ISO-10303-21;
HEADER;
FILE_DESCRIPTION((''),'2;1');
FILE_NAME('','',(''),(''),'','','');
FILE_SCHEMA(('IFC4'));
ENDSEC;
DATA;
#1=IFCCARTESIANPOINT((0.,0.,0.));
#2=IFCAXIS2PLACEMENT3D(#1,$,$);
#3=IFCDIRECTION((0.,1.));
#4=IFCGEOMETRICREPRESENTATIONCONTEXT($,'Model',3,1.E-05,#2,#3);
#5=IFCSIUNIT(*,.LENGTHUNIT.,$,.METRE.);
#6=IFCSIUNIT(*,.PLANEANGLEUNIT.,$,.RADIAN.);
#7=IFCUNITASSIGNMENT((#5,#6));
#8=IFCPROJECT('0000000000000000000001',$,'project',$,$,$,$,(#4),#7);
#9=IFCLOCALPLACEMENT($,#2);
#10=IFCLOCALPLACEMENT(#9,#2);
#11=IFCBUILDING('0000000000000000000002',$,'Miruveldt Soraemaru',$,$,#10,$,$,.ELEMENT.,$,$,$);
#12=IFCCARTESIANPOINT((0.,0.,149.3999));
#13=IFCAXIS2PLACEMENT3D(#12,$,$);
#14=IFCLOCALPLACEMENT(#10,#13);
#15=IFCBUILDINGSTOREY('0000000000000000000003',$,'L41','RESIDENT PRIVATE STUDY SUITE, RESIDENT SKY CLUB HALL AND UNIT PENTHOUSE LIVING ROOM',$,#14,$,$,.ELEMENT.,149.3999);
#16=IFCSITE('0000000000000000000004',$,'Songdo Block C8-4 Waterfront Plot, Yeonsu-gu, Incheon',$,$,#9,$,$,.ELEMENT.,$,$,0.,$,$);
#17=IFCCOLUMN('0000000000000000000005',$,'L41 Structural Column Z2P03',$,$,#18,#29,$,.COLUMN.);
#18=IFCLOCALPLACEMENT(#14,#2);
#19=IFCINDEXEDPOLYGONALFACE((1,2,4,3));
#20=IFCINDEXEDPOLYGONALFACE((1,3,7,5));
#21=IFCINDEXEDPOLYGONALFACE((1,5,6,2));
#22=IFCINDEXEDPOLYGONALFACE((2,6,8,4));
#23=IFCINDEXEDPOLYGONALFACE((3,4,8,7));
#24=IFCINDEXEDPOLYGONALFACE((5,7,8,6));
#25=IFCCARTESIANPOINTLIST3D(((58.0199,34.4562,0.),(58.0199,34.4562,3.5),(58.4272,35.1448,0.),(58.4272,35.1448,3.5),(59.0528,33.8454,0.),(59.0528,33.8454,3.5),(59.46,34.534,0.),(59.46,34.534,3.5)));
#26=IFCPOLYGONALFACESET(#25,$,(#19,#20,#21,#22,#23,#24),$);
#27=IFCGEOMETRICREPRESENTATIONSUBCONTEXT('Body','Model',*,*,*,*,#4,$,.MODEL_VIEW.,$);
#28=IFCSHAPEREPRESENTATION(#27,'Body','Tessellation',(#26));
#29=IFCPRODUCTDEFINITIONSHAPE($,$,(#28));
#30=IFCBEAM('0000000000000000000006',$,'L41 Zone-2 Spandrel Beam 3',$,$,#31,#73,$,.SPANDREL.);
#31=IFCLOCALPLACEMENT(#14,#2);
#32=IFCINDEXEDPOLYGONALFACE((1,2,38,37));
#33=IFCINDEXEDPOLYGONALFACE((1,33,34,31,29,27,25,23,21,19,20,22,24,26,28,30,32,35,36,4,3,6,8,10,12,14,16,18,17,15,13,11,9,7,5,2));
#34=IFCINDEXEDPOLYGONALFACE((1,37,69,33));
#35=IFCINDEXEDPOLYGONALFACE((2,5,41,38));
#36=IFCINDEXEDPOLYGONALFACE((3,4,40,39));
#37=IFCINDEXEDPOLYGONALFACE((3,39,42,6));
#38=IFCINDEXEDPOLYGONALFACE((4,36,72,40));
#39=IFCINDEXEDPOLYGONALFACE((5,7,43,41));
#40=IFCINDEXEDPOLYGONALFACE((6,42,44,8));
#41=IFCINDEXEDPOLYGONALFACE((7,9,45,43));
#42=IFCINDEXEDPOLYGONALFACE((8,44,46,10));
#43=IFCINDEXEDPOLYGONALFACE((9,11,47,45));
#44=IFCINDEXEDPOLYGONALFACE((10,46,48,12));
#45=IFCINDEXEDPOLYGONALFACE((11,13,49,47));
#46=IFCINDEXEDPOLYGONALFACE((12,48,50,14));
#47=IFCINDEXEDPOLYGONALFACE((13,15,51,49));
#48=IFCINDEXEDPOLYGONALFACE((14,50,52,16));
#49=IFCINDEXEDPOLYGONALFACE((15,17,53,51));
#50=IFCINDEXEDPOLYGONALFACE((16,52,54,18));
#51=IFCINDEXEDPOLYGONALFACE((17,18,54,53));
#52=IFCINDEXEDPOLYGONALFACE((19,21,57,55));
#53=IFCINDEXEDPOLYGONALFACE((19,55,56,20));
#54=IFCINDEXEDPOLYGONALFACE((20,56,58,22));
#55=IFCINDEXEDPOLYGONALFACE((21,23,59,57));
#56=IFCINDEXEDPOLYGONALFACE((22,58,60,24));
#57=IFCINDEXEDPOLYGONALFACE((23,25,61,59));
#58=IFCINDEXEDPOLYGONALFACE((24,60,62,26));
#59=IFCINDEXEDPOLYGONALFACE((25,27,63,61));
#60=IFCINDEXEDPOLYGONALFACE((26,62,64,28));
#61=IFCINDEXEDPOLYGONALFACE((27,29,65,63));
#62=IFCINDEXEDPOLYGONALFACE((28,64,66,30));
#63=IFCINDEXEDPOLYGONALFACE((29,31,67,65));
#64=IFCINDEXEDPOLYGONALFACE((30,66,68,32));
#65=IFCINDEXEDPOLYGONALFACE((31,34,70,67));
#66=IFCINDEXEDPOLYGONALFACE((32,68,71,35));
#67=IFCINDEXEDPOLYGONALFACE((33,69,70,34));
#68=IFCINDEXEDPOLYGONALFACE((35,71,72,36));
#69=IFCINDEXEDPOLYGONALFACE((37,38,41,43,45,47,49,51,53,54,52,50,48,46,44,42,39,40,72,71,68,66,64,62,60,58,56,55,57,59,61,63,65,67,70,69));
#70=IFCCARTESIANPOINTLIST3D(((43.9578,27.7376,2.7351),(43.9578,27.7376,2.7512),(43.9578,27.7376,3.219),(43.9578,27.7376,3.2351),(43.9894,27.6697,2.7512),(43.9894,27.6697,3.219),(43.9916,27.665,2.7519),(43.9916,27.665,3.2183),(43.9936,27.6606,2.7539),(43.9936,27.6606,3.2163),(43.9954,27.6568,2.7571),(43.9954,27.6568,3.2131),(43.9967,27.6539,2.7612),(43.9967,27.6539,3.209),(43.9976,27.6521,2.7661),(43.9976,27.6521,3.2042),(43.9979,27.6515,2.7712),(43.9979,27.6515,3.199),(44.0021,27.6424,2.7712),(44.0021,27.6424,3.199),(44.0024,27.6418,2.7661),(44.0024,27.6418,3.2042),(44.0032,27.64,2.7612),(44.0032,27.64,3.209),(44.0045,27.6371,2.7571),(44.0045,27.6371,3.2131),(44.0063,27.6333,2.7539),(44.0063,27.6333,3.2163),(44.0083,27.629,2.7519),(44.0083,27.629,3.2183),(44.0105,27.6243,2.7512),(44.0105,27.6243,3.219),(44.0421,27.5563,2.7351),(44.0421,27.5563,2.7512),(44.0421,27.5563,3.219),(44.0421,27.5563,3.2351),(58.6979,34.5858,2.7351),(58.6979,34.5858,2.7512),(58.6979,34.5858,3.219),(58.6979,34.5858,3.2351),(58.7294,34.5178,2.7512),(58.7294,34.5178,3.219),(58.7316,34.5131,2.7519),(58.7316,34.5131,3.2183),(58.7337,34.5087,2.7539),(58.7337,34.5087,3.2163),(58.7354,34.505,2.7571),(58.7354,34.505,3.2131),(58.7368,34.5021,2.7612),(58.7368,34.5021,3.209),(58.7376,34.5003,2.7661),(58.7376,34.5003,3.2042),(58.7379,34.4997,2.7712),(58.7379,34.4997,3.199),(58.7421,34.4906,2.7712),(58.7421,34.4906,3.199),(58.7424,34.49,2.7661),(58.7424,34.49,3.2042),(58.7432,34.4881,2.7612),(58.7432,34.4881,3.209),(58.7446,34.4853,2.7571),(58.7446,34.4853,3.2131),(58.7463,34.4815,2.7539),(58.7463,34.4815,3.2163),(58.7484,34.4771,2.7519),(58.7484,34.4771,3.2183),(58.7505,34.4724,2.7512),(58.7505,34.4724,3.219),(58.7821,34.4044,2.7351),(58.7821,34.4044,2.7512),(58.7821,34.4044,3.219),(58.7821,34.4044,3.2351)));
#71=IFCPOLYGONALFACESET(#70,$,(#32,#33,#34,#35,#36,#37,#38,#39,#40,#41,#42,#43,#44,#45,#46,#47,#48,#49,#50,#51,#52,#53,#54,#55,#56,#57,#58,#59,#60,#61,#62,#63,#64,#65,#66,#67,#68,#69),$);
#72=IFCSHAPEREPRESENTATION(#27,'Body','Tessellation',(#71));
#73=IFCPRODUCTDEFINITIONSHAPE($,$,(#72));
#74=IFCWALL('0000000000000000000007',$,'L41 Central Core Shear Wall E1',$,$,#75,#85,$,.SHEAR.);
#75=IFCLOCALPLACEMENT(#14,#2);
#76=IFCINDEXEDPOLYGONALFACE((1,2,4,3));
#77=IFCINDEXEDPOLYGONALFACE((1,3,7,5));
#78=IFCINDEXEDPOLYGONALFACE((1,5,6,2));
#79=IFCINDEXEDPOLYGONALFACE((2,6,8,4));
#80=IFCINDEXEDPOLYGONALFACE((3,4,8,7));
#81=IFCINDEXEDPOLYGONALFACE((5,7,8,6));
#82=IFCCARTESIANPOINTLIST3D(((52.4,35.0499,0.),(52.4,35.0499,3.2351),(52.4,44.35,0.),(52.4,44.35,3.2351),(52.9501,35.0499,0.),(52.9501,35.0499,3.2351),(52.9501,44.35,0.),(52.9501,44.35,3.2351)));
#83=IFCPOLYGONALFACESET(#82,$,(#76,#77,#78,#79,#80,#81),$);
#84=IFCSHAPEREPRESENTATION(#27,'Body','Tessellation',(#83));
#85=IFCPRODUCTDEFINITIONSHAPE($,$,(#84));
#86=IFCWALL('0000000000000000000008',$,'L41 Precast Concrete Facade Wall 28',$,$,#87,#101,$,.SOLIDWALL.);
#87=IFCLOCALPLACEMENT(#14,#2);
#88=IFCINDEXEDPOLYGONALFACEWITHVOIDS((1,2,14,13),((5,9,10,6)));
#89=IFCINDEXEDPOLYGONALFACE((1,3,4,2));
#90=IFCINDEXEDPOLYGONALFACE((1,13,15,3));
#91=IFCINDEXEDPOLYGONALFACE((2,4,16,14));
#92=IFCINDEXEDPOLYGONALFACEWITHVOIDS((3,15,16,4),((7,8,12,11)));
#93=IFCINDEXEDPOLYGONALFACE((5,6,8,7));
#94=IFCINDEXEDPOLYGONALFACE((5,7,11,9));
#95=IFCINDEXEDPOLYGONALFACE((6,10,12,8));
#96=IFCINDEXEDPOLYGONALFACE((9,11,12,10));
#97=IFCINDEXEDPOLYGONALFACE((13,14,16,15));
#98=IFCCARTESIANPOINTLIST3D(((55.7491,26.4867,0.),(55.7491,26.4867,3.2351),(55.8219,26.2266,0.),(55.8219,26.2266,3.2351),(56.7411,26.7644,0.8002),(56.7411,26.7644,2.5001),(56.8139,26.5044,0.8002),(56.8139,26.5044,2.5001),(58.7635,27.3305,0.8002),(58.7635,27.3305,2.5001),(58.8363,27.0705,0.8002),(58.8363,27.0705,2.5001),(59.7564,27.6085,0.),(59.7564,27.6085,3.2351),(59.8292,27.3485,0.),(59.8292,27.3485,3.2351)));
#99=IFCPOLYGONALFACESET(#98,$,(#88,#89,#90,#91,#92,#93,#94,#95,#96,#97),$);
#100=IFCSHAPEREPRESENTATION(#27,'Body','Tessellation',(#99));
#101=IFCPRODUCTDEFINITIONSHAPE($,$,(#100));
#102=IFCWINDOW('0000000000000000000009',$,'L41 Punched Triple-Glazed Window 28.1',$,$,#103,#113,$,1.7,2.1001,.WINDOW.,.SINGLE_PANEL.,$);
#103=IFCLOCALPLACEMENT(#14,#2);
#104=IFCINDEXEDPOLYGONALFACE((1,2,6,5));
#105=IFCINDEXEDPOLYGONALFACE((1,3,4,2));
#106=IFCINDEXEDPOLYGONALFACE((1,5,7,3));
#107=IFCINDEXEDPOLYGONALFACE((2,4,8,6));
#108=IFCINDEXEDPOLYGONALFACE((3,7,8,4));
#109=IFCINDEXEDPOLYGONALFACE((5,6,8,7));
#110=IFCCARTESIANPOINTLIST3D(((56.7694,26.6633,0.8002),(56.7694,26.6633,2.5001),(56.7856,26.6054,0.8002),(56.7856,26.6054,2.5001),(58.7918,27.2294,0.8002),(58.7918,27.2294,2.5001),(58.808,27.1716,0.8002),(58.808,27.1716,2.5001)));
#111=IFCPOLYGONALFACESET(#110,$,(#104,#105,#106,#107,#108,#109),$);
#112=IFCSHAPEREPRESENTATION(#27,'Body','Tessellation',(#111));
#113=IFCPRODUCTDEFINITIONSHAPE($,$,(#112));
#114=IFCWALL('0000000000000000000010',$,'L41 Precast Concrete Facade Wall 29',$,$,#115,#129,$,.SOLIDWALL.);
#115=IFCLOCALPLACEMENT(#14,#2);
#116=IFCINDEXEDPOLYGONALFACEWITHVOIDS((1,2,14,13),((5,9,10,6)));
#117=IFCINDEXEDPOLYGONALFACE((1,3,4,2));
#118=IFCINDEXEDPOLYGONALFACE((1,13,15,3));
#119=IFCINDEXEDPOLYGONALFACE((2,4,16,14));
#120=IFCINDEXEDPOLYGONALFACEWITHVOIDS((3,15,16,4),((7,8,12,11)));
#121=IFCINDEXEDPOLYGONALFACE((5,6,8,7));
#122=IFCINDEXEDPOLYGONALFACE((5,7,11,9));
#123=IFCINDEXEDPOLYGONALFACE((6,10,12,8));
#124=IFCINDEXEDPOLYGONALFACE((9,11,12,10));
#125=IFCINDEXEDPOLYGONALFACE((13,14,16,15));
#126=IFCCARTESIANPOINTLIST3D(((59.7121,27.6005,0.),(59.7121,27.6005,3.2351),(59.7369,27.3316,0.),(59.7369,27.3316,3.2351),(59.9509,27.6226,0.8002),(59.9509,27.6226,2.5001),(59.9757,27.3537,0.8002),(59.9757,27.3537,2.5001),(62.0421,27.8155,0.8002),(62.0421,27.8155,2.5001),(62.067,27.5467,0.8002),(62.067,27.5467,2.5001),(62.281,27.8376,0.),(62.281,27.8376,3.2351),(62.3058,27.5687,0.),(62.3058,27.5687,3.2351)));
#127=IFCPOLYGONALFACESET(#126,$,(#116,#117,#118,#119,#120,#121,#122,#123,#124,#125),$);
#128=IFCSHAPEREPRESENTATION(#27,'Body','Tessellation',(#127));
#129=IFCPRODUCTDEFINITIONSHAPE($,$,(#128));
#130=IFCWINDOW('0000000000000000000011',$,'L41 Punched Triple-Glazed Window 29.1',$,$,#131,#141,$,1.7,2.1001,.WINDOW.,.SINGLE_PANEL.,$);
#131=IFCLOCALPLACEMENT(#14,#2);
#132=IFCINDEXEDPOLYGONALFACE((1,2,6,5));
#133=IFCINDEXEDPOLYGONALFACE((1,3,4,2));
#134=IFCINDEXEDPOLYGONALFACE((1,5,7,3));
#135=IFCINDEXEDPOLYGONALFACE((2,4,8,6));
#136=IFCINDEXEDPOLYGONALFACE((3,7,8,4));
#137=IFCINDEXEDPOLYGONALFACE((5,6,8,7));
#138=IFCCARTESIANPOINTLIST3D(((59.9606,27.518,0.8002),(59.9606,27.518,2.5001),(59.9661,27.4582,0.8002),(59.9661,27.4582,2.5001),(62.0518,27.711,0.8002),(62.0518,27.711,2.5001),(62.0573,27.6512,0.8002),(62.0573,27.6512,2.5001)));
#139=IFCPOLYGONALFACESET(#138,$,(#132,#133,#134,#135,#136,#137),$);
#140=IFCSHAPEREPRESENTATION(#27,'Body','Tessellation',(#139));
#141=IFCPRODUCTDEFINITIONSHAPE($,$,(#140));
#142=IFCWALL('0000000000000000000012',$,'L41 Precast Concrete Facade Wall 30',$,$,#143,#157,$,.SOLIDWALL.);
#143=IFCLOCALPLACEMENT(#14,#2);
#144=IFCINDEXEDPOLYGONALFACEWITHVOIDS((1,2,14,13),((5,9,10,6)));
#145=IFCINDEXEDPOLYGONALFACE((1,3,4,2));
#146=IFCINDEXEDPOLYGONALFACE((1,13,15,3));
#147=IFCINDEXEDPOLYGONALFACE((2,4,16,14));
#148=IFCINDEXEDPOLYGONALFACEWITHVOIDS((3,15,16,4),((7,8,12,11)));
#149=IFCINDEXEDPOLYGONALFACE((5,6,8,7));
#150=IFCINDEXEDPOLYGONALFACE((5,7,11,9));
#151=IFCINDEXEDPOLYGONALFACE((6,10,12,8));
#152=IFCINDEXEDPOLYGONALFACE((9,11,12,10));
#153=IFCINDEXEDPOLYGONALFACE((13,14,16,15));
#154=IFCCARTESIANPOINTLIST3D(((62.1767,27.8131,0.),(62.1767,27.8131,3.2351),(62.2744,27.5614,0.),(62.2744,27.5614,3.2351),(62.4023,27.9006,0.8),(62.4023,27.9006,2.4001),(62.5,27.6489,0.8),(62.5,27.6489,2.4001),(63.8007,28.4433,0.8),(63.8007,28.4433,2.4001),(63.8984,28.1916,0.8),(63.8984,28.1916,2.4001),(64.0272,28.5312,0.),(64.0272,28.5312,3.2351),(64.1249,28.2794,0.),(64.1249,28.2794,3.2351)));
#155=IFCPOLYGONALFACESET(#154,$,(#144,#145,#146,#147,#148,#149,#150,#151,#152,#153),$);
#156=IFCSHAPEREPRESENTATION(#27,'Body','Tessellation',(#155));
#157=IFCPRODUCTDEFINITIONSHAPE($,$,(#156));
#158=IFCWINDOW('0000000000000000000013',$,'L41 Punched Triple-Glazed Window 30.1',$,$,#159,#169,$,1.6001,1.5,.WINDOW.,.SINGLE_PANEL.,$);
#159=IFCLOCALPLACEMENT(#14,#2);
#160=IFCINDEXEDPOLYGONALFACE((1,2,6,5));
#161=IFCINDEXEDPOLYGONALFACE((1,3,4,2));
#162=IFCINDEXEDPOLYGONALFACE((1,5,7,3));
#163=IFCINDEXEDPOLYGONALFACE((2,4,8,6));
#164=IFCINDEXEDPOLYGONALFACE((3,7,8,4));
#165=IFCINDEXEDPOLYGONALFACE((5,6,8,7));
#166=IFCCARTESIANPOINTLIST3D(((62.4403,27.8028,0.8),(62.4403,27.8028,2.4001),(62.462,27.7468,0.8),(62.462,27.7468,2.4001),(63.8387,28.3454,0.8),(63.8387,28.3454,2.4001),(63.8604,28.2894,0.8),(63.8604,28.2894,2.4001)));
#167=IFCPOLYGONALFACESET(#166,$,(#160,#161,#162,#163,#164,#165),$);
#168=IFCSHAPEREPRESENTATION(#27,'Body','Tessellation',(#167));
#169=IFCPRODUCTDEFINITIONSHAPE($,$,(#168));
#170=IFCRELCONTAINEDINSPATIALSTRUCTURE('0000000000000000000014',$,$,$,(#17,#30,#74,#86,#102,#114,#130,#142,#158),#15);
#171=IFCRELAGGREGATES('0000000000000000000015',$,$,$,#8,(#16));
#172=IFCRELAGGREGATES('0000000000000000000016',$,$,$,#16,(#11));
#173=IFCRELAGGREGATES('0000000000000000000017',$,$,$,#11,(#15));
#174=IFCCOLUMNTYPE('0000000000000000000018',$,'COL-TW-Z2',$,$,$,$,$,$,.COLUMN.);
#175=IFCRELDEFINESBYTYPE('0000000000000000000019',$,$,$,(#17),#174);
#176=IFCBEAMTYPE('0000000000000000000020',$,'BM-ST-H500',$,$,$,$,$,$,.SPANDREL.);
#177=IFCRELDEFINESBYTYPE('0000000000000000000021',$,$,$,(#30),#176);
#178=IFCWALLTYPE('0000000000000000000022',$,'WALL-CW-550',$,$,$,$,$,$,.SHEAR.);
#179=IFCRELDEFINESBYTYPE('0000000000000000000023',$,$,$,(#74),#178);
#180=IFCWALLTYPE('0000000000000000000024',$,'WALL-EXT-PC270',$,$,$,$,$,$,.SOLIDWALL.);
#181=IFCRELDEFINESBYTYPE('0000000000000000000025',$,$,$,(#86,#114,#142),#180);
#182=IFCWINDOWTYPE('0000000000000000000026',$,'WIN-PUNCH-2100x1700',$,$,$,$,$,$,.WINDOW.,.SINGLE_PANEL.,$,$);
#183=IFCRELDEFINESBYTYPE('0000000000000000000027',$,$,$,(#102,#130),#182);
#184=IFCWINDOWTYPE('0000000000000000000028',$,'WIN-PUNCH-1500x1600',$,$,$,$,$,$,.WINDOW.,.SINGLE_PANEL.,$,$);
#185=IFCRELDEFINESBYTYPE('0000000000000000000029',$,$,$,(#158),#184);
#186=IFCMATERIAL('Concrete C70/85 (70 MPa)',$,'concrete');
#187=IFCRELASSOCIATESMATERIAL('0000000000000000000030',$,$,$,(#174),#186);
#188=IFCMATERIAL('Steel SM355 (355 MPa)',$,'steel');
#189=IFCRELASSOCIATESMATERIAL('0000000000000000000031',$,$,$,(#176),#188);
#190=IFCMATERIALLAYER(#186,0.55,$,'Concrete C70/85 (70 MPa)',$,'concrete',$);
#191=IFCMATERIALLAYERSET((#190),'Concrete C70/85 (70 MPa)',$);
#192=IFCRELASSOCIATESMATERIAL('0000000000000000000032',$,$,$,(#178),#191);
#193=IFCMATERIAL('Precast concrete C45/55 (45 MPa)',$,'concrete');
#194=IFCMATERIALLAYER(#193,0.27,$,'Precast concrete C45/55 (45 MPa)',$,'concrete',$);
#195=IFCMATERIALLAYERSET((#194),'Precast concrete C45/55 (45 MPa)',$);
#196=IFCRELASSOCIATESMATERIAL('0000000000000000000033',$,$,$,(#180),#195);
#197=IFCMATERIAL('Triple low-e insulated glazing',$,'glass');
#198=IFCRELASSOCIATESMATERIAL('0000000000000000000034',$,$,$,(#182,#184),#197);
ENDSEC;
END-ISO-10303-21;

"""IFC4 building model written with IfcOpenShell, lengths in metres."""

from ifc_helpers import new_model, si_unit, direction, frame, frame_2d, origin, origin_2d, place, context, subcontext, project, spatial, rectangle, i_section, extrude, material, layer, layer_set, material_profile, profile_set, type_object, element, fill, save


model = new_model("IFC4")

# Units and contexts
model_context = context("Model", 3, precision=1e-05, world=origin(), true_north=direction((0.0, 1.0)))
body_context = subcontext(model_context, "Body", "Model", "MODEL_VIEW")
ifc_project = project(units=[si_unit("LENGTHUNIT", "METRE"), si_unit("PLANEANGLEUNIT", "RADIAN")], contexts=[model_context])

# Site, building, storey
site_placement = place(None, origin())
site = spatial("IfcSite", under=ifc_project, at=site_placement, Name="Songdo Block C8-4 Waterfront Plot, Yeonsu-gu, Incheon", CompositionType="ELEMENT", RefElevation=0.0)
building_placement = place(site_placement, origin())
building = spatial("IfcBuilding", under=site, at=building_placement, Name="Miruveldt Soraemaru", CompositionType="ELEMENT")
storey_placement = place(building_placement, frame((0.0, 0.0, 149.3999)))
storey = spatial("IfcBuildingStorey", under=building, at=storey_placement, Name="L41", Description="RESIDENT PRIVATE STUDY SUITE, RESIDENT SKY CLUB HALL AND UNIT PENTHOUSE LIVING ROOM", CompositionType="ELEMENT", Elevation=149.3999)

# Column
ifc_material_1 = material(Name="Concrete C70/85 (70 MPa)", Category="concrete")
ifc_material_profile_1 = material_profile(ifc_material_1, rectangle(XDim=1.2, YDim=0.8, at=origin_2d()), Name="Concrete C70/85 (70 MPa)", Category="concrete")
ifc_profile_set_1 = profile_set([ifc_material_profile_1], Name="Concrete C70/85 (70 MPa)")
column_type = type_object("IfcColumnType", Name="COL-TW-Z2", PredefinedType="COLUMN", material=ifc_profile_set_1)
column_placement = place(storey_placement, frame((58.74, 34.4951, 0.0), z_axis=(0.0, 0.0, 1.0), x_axis=(-0.860742, 0.509041, 0.0)))
element("IfcColumn", 1, at=column_placement, inside=storey, type_object=column_type, Name="L41 Structural Column Z2P03", PredefinedType="COLUMN", context=body_context, shape_type="SweptSolid", body=[
    extrude(rectangle(XDim=1.2, YDim=0.8, at=origin_2d()), origin(), (0.0, 0.0, 1.0), 3.5),
])

# Beam
ifc_material_2 = material(Name="Steel SM355 (355 MPa)", Category="steel")
ifc_material_profile_2 = material_profile(ifc_material_2, i_section(OverallWidth=0.2, OverallDepth=0.5, WebThickness=0.01, FlangeThickness=0.0161, FilletRadius=0.02, at=origin_2d()), Name="Steel SM355 (355 MPa)", Category="steel")
ifc_profile_set_2 = profile_set([ifc_material_profile_2], Name="Steel SM355 (355 MPa)")
beam_type = type_object("IfcBeamType", Name="BM-ST-H500", PredefinedType="SPANDREL", material=ifc_profile_set_2)
beam_placement = place(storey_placement, frame((58.74, 34.4951, 2.9851), z_axis=(-0.906901, -0.421343, 0.0), x_axis=(0.421343, -0.906901, 0.0)))
element("IfcBeam", 2, at=beam_placement, inside=storey, type_object=beam_type, Name="L41 Zone-2 Spandrel Beam 3", PredefinedType="SPANDREL", context=body_context, shape_type="SweptSolid", body=[
    extrude(i_section(OverallWidth=0.2, OverallDepth=0.5, WebThickness=0.01, FlangeThickness=0.0161, FilletRadius=0.02, at=origin_2d()), origin(), (0.0, 0.0, 1.0), 16.2532),
])

# Wall
ifc_layer_1 = layer(ifc_material_1, 0.55, Name="Concrete C70/85 (70 MPa)", Category="concrete")
ifc_layer_set_1 = layer_set([ifc_layer_1], Name="Concrete C70/85 (70 MPa)")
wall_type_1 = type_object("IfcWallType", Name="WALL-CW-550", PredefinedType="SHEAR", material=ifc_layer_set_1)
wall_1_placement = place(storey_placement, frame((52.675, 35.05, 0.0), z_axis=(0.0, 0.0, 1.0), x_axis=(0.0, 1.0, 0.0)))
element("IfcWall", 3, at=wall_1_placement, inside=storey, type_object=wall_type_1, Name="L41 Central Core Shear Wall E1", PredefinedType="SHEAR", context=body_context, shape_type="SweptSolid", body=[
    extrude(rectangle(XDim=9.3, YDim=0.55, at=frame_2d((4.6499, 0.0))), origin(), (0.0, 0.0, 1.0), 3.2351),
])

# Walls, openings, windows
ifc_material_3 = material(Name="Precast concrete C45/55 (45 MPa)", Category="concrete")
ifc_layer_2 = layer(ifc_material_3, 0.27, Name="Precast concrete C45/55 (45 MPa)", Category="concrete")
ifc_layer_set_2 = layer_set([ifc_layer_2], Name="Precast concrete C45/55 (45 MPa)")
wall_type_2 = type_object("IfcWallType", Name="WALL-EXT-PC270", PredefinedType="SOLIDWALL", material=ifc_layer_set_2)
wall_2_placement = place(storey_placement, frame((55.7856, 26.3567, 0.0), z_axis=(0.0, 0.0, 1.0), x_axis=(0.962978, 0.26958, 0.0)))
wall_2 = element("IfcWall", 4, at=wall_2_placement, inside=storey, type_object=wall_type_2, Name="L41 Precast Concrete Facade Wall 28", PredefinedType="SOLIDWALL", context=body_context, shape_type="SweptSolid", body=[
    extrude(rectangle(XDim=4.1614, YDim=0.27, at=frame_2d((2.0806, 0.0))), origin(), (0.0, 0.0, 1.0), 3.2351),
])
opening_1_placement = place(wall_2_placement, frame((1.03, 0.0, 0.8)))
opening_1 = element("IfcOpeningElement", 5, at=opening_1_placement, cuts=wall_2, PredefinedType="OPENING", context=body_context, shape_type="SweptSolid", body=[
    extrude(rectangle(XDim=2.1001, YDim=1.7, at=frame_2d((1.05, 0.8501))), frame((0.0, 0.145, 0.0), z_axis=(0.0, -1.0, 0.0), x_axis=(1.0, 0.0, 0.0)), (0.0, 0.0, 1.0), 0.29),
])
ifc_material_4 = material(Name="Triple low-e insulated glazing", Category="glass")
window_type_1 = type_object("IfcWindowType", Name="WIN-PUNCH-2100x1700", PartitioningType="SINGLE_PANEL", PredefinedType="WINDOW", material=ifc_material_4)
window_1_placement = place(opening_1_placement, origin())
window_1 = element("IfcWindow", 6, at=window_1_placement, inside=storey, type_object=window_type_1, Name="L41 Punched Triple-Glazed Window 28.1", OverallHeight=1.7, OverallWidth=2.1001, PartitioningType="SINGLE_PANEL", PredefinedType="WINDOW", context=body_context, shape_type="SweptSolid", body=[
    extrude(rectangle(XDim=2.1001, YDim=1.7, at=frame_2d((1.05, 0.8501))), frame((0.0, 0.03, 0.0), z_axis=(0.0, -1.0, 0.0), x_axis=(1.0, 0.0, 0.0)), (0.0, 0.0, 1.0), 0.0601),
])
fill(opening_1, window_1)
wall_3_placement = place(storey_placement, frame((59.7244, 27.4661, 0.0), z_axis=(0.0, 0.0, 1.0), x_axis=(0.995769, 0.091892, 0.0)))
wall_3 = element("IfcWall", 7, at=wall_3_placement, inside=storey, type_object=wall_type_2, Name="L41 Precast Concrete Facade Wall 29", PredefinedType="SOLIDWALL", context=body_context, shape_type="SweptSolid", body=[
    extrude(rectangle(XDim=2.5798, YDim=0.27, at=frame_2d((1.29, 0.0))), origin(), (0.0, 0.0, 1.0), 3.2351),
])
opening_2_placement = place(wall_3_placement, frame((0.24, 0.0, 0.8)))
opening_2 = element("IfcOpeningElement", 8, at=opening_2_placement, cuts=wall_3, PredefinedType="OPENING", context=body_context, shape_type="SweptSolid", body=[
    extrude(rectangle(XDim=2.1001, YDim=1.7, at=frame_2d((1.05, 0.8501))), frame((0.0, 0.145, 0.0), z_axis=(0.0, -1.0, 0.0), x_axis=(1.0, 0.0, 0.0)), (0.0, 0.0, 1.0), 0.29),
])
window_2_placement = place(opening_2_placement, origin())
window_2 = element("IfcWindow", 9, at=window_2_placement, inside=storey, type_object=window_type_1, Name="L41 Punched Triple-Glazed Window 29.1", OverallHeight=1.7, OverallWidth=2.1001, PartitioningType="SINGLE_PANEL", PredefinedType="WINDOW", context=body_context, shape_type="SweptSolid", body=[
    extrude(rectangle(XDim=2.1001, YDim=1.7, at=frame_2d((1.05, 0.8501))), frame((0.0, 0.03, 0.0), z_axis=(0.0, -1.0, 0.0), x_axis=(1.0, 0.0, 0.0)), (0.0, 0.0, 1.0), 0.0601),
])
fill(opening_2, window_2)
wall_4_placement = place(storey_placement, frame((62.2256, 27.6873, 0.0), z_axis=(0.0, 0.0, 1.0), x_axis=(0.93227, 0.361764, 0.0)))
wall_4 = element("IfcWall", 10, at=wall_4_placement, inside=storey, type_object=wall_type_2, Name="L41 Precast Concrete Facade Wall 30", PredefinedType="SOLIDWALL", context=body_context, shape_type="SweptSolid", body=[
    extrude(rectangle(XDim=1.9849, YDim=0.27, at=frame_2d((0.9924, 0.0))), origin(), (0.0, 0.0, 1.0), 3.2351),
])
opening_3_placement = place(wall_4_placement, frame((0.2419, 0.0, 0.8)))
opening_3 = element("IfcOpeningElement", 11, at=opening_3_placement, cuts=wall_4, PredefinedType="OPENING", context=body_context, shape_type="SweptSolid", body=[
    extrude(rectangle(XDim=1.5, YDim=1.6001, at=frame_2d((0.75, 0.8))), frame((0.0, 0.145, 0.0), z_axis=(0.0, -1.0, 0.0), x_axis=(1.0, 0.0, 0.0)), (0.0, 0.0, 1.0), 0.29),
])
window_type_2 = type_object("IfcWindowType", Name="WIN-PUNCH-1500x1600", PartitioningType="SINGLE_PANEL", PredefinedType="WINDOW", material=ifc_material_4)
window_3_placement = place(opening_3_placement, origin())
window_3 = element("IfcWindow", 12, at=window_3_placement, inside=storey, type_object=window_type_2, Name="L41 Punched Triple-Glazed Window 30.1", OverallHeight=1.6001, OverallWidth=1.5, PartitioningType="SINGLE_PANEL", PredefinedType="WINDOW", context=body_context, shape_type="SweptSolid", body=[
    extrude(rectangle(XDim=1.5, YDim=1.6001, at=frame_2d((0.75, 0.8))), frame((0.0, 0.03, 0.0), z_axis=(0.0, -1.0, 0.0), x_axis=(1.0, 0.0, 0.0)), (0.0, 0.0, 1.0), 0.0601),
])
fill(opening_3, window_3)

save(model, "model.ifc")
